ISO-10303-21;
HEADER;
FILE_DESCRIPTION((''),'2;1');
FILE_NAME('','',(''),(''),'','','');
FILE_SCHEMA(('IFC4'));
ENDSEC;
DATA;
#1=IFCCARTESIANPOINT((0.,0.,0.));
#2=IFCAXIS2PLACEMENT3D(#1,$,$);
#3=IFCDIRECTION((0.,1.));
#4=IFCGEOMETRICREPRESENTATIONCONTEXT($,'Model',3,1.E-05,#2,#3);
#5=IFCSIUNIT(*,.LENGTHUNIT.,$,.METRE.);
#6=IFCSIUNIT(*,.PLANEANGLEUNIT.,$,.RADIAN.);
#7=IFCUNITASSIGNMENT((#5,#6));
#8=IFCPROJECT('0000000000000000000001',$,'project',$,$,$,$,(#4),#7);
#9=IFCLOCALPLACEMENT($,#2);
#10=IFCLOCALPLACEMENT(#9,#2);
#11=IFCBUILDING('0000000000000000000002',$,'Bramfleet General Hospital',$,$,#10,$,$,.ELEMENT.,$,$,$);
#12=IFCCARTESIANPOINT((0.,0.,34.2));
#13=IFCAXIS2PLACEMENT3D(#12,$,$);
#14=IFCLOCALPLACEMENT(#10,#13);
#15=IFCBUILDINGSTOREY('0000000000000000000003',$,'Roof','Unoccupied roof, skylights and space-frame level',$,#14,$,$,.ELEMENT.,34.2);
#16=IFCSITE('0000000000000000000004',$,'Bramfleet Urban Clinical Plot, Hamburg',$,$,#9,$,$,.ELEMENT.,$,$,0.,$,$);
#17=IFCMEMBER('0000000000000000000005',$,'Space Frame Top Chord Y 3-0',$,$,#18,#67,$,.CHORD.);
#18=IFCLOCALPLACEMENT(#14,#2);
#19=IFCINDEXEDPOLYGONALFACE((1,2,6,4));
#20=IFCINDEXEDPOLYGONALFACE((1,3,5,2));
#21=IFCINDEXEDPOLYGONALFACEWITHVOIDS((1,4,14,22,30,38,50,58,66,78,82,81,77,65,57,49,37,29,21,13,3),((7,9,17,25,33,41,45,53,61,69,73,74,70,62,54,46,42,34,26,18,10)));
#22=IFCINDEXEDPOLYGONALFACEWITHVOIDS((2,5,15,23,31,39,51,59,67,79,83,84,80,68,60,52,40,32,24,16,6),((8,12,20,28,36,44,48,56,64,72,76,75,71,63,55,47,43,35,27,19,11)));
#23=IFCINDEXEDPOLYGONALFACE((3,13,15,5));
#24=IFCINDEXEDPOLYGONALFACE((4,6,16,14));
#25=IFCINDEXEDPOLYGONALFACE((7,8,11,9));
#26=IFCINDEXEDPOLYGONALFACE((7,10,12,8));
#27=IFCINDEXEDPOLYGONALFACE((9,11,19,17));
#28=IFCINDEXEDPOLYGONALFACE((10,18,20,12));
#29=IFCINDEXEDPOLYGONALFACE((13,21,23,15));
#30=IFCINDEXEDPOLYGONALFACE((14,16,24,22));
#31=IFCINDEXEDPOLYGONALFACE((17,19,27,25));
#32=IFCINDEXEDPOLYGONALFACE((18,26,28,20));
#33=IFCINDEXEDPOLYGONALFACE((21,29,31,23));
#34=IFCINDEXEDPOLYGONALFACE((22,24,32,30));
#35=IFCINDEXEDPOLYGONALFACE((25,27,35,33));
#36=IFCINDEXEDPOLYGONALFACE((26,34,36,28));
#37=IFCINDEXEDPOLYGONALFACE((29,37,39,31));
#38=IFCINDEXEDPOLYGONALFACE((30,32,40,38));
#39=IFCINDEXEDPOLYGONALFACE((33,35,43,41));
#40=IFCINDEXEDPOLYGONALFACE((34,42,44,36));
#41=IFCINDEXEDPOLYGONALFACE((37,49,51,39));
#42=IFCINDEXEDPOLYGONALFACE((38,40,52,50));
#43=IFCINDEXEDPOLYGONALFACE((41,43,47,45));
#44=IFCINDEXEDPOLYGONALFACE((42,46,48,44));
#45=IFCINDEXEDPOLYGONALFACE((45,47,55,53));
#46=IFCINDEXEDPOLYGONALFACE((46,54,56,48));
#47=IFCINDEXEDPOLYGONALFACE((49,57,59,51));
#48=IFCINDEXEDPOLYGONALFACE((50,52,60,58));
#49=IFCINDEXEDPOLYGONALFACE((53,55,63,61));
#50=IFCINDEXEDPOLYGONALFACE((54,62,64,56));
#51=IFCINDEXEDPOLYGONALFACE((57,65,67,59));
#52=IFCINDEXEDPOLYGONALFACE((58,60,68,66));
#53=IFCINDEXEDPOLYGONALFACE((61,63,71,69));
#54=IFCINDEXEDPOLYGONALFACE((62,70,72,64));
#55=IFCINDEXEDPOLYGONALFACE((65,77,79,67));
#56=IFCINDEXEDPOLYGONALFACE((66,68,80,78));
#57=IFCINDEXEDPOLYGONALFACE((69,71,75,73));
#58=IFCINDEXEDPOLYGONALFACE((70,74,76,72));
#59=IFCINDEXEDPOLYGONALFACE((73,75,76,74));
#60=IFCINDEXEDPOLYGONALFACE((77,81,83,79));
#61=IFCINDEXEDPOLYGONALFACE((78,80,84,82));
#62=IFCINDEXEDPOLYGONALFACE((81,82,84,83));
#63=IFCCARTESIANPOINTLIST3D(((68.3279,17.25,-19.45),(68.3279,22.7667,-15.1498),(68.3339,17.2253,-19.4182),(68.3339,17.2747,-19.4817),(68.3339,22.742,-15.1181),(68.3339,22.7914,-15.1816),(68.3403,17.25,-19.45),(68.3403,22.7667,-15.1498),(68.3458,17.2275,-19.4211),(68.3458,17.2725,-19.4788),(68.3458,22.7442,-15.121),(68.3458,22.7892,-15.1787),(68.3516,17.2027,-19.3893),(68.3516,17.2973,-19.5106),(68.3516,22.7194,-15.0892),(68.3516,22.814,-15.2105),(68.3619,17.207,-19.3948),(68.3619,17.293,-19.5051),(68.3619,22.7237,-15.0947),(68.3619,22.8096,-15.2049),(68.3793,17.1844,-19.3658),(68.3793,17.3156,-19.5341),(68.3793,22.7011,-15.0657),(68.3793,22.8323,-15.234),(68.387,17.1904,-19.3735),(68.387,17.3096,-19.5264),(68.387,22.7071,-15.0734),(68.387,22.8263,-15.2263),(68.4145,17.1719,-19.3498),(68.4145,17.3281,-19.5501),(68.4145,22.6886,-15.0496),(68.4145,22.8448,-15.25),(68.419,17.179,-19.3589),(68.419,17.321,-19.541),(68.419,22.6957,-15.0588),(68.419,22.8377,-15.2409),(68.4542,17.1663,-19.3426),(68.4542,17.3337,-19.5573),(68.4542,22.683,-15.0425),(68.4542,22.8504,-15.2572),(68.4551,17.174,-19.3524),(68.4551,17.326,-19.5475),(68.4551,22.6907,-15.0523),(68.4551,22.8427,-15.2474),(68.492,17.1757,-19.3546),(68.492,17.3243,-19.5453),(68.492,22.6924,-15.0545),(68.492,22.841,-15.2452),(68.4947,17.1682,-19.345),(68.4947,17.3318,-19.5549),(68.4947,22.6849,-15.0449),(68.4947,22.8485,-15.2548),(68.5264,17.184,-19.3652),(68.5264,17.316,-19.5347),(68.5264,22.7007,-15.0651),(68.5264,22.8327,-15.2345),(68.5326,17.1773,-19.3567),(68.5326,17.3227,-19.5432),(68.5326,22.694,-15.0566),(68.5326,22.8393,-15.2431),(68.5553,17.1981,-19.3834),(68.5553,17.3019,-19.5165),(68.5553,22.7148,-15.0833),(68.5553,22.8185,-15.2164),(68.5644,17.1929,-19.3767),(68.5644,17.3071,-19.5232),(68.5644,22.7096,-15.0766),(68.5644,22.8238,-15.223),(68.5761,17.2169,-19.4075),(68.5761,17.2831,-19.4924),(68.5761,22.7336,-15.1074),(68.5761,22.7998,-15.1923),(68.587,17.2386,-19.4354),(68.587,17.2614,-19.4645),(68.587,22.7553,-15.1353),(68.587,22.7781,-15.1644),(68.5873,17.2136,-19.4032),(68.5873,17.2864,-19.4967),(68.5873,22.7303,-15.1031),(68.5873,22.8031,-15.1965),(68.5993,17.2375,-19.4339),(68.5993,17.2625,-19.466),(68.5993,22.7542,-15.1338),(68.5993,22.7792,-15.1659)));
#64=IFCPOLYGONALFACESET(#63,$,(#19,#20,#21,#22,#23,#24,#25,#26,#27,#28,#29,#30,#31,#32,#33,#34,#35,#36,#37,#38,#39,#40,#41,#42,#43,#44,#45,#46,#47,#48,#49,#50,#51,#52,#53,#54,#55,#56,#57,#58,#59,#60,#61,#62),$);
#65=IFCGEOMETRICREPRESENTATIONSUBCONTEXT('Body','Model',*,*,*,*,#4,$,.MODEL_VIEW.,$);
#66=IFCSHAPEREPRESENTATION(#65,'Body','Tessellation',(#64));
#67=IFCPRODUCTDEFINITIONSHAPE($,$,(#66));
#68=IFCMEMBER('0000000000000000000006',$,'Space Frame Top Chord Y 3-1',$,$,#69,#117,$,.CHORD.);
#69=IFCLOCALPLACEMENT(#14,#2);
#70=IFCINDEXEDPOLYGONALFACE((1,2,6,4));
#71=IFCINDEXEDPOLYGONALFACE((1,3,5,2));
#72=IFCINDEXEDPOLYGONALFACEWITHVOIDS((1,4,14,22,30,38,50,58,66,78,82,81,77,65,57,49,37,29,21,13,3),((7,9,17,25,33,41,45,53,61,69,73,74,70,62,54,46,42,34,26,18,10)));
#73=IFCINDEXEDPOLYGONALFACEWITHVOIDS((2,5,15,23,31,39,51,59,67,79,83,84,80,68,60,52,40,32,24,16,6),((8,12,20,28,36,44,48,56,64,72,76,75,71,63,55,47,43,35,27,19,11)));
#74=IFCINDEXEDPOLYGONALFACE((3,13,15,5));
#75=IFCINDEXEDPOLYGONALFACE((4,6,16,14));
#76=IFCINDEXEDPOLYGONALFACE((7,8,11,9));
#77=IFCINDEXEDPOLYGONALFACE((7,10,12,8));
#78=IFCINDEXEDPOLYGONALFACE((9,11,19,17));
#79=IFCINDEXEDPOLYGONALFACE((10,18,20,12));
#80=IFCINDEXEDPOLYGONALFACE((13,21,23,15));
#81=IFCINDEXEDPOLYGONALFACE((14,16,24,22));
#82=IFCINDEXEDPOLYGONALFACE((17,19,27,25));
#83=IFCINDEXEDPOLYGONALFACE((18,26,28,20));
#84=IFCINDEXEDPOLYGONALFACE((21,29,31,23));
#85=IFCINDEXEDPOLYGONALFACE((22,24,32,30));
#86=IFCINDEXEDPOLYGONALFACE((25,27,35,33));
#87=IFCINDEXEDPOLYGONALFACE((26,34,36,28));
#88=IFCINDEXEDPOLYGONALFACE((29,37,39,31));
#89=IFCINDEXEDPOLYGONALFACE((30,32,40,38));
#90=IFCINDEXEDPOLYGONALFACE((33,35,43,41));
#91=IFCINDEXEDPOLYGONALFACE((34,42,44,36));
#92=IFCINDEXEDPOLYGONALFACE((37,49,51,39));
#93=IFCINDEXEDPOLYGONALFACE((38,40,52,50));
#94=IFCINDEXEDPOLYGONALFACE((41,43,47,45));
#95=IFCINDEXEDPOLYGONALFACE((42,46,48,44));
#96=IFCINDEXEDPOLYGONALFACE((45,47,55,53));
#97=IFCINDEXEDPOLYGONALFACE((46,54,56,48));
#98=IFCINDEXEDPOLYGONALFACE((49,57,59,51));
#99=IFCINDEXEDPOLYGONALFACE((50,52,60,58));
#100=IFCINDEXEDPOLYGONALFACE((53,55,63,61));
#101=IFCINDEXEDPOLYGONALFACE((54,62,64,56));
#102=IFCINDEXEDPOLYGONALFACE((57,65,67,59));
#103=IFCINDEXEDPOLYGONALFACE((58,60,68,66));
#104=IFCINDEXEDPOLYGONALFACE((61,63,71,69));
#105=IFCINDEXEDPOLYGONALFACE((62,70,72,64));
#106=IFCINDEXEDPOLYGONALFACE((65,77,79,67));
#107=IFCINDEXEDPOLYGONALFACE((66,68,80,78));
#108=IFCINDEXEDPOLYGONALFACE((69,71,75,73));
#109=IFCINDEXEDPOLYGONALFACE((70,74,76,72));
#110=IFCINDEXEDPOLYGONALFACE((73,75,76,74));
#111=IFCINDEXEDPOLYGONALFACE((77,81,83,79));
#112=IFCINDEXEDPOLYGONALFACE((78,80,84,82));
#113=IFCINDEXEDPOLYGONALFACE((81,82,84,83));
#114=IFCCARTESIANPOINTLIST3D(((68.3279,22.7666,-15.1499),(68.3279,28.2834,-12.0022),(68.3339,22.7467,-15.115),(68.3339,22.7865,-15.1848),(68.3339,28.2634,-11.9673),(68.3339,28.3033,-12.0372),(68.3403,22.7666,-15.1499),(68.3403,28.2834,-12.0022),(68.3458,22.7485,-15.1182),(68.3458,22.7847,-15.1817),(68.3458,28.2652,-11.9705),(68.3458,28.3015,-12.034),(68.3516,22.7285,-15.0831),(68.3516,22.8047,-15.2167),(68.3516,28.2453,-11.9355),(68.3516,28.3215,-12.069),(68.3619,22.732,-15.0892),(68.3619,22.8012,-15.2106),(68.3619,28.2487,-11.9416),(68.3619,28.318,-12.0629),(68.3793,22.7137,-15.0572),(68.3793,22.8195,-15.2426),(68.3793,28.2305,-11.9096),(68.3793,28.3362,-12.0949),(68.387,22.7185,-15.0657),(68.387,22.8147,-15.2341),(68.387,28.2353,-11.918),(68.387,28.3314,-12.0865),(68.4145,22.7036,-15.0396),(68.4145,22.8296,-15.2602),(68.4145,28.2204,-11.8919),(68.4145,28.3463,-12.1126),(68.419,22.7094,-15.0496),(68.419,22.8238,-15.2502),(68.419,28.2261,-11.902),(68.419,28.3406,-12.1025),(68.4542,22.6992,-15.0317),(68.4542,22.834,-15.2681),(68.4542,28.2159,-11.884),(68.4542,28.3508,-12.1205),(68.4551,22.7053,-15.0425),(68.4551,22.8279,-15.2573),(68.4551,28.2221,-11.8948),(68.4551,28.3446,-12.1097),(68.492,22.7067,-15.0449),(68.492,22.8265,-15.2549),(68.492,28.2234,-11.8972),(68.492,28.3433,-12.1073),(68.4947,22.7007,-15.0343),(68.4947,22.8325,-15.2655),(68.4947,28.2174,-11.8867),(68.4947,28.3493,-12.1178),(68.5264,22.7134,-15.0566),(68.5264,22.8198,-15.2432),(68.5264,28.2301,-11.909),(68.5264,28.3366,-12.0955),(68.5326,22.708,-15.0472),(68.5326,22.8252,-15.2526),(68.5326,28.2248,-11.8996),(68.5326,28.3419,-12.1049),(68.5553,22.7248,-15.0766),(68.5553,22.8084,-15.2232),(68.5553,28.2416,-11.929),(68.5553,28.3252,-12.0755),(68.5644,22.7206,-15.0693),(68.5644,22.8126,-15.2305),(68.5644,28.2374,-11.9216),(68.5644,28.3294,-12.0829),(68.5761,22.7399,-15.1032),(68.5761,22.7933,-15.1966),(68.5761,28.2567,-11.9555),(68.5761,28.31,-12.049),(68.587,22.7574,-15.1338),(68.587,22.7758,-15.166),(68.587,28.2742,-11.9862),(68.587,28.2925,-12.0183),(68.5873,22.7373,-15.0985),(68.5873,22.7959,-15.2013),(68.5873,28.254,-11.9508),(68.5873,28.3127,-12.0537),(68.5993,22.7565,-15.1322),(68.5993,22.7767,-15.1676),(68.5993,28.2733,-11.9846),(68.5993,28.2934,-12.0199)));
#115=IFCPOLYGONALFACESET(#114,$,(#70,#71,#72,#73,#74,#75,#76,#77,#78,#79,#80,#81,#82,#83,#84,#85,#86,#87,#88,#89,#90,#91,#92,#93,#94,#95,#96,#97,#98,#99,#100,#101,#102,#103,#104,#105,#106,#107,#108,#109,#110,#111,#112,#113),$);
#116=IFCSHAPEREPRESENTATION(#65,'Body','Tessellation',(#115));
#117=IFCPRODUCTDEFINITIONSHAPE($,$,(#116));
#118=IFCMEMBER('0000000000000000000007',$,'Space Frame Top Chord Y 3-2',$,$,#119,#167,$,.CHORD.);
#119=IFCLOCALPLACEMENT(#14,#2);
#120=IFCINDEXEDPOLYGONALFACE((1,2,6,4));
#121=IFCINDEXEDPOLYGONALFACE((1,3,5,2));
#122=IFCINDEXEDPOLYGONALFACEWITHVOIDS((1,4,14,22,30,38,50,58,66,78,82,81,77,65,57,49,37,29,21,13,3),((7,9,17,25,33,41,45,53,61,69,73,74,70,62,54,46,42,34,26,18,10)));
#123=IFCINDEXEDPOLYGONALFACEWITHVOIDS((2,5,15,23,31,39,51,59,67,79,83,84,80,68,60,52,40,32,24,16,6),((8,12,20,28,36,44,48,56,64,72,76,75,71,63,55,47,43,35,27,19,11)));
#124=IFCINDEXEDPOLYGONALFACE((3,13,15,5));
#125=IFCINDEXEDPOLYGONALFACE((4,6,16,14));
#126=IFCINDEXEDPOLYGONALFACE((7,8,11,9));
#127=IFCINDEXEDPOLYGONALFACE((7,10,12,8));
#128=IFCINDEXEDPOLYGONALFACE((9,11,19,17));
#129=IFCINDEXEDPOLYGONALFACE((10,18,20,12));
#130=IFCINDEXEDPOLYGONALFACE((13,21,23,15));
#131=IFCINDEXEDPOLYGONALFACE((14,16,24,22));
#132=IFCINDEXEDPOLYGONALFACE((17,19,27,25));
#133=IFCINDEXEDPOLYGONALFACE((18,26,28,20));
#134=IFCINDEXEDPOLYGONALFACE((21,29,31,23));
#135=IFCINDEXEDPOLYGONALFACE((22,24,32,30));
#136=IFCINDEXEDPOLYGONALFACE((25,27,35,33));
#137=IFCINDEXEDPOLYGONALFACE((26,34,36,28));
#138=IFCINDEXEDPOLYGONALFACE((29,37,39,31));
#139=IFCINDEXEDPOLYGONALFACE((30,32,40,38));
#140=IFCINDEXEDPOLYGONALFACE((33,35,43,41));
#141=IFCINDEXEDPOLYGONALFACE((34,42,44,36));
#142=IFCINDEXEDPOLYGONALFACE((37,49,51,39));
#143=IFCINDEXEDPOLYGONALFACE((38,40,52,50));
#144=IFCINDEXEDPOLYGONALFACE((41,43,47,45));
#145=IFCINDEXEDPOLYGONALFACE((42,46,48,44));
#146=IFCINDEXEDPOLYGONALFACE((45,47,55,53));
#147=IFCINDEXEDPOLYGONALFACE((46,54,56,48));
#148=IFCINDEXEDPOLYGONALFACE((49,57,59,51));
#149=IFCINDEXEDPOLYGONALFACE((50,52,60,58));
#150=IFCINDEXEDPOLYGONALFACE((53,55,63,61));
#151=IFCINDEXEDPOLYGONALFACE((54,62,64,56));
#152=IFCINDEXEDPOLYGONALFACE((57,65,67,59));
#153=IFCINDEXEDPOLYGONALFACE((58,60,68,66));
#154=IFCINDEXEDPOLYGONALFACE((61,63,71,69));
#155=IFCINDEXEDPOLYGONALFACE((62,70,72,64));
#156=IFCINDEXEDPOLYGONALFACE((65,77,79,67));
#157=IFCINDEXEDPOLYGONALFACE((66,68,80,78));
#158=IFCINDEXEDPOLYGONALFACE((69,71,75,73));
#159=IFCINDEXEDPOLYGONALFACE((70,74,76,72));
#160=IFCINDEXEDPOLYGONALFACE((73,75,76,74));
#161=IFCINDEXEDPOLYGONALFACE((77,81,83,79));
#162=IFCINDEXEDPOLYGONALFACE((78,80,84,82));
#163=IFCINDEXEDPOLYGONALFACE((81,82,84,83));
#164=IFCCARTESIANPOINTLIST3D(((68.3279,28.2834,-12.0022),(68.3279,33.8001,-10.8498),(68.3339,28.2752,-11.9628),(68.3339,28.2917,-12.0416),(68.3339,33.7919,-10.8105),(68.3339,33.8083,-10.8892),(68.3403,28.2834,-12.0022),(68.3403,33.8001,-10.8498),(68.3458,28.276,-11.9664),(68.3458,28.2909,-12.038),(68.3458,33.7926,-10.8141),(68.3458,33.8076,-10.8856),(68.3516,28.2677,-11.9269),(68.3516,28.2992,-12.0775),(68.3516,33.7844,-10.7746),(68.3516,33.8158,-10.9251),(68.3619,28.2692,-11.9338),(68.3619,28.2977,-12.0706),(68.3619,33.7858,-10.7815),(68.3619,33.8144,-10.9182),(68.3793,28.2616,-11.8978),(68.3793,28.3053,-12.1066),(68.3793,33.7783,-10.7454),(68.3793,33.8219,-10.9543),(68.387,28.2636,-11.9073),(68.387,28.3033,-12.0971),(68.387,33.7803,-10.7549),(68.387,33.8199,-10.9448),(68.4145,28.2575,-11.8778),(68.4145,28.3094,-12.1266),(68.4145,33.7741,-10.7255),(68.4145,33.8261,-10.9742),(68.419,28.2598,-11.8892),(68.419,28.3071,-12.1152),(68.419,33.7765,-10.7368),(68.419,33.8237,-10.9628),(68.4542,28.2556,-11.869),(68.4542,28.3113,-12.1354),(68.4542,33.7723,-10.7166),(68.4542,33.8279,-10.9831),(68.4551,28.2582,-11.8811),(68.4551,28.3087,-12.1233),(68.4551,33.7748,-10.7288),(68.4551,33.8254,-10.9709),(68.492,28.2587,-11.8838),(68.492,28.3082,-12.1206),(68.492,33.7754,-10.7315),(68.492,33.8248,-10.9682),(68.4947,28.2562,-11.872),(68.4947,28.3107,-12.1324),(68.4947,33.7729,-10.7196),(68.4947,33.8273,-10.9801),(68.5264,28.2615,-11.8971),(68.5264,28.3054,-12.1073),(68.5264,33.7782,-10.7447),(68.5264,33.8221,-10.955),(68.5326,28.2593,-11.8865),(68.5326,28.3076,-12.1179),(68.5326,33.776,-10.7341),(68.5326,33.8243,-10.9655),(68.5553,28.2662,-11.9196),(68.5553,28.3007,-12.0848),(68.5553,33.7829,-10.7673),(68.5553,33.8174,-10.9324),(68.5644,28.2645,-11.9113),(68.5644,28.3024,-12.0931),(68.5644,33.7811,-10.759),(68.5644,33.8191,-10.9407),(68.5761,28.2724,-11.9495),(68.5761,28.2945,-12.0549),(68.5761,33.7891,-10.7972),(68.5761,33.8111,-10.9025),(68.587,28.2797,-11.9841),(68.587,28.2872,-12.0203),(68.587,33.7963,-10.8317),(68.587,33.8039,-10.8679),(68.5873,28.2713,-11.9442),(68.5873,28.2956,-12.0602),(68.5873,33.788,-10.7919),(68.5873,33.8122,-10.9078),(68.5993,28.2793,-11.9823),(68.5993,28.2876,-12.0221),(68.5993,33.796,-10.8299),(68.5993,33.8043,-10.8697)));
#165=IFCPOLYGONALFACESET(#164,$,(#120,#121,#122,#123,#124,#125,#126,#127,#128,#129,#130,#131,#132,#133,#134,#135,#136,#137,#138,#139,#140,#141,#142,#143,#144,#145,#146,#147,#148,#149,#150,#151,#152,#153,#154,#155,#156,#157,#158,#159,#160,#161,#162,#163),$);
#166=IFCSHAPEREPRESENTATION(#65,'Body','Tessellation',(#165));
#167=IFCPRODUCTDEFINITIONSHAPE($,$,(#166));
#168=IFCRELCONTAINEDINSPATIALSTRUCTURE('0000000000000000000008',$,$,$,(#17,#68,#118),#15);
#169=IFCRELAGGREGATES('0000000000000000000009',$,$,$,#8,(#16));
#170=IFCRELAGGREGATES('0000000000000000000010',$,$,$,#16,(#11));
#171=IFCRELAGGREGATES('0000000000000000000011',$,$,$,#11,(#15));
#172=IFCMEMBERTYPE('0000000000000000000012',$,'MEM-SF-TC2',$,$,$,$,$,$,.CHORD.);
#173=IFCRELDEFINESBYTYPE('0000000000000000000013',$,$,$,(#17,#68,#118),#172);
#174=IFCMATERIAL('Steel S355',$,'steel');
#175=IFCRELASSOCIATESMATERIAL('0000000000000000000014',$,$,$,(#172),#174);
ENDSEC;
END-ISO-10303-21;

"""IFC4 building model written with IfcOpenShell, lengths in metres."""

from ifc_helpers import new_model, si_unit, direction, frame, origin, origin_2d, place, context, subcontext, project, spatial, hollow_circle, extrude, material, material_profile, profile_set, type_object, element, save


model = new_model("IFC4")

# Units and contexts
model_context = context("Model", 3, precision=1e-05, world=origin(), true_north=direction((0.0, 1.0)))
body_context = subcontext(model_context, "Body", "Model", "MODEL_VIEW")
ifc_project = project(units=[si_unit("LENGTHUNIT", "METRE"), si_unit("PLANEANGLEUNIT", "RADIAN")], contexts=[model_context])

# Site, building, storey
site_placement = place(None, origin())
site = spatial("IfcSite", under=ifc_project, at=site_placement, Name="Bramfleet Urban Clinical Plot, Hamburg", CompositionType="ELEMENT", RefElevation=0.0)
building_placement = place(site_placement, origin())
building = spatial("IfcBuilding", under=site, at=building_placement, Name="Bramfleet General Hospital", CompositionType="ELEMENT")
storey_placement = place(building_placement, frame((0.0, 0.0, 34.2)))
storey = spatial("IfcBuildingStorey", under=building, at=storey_placement, Name="Roof", Description="Unoccupied roof, skylights and space-frame level", CompositionType="ELEMENT", Elevation=34.2)

# Members
ifc_material = material(Name="Steel S355", Category="steel")
ifc_material_profile_1 = material_profile(ifc_material, hollow_circle(Radius=0.1365, WallThickness=0.0125, at=origin_2d()), Name="CHS 273.0x12.5")
ifc_profile_set_1 = profile_set([ifc_material_profile_1], Name="Steel S355")
member_type_1 = type_object("IfcMemberType", Name="MEM-SF-TC2", PredefinedType="CHORD", material=ifc_profile_set_1)
member_1_placement = place(storey_placement, frame((68.4644, 17.25, -19.45), z_axis=(0.0, 0.788703, 0.614774), x_axis=(-1.0, 0.0, 0.0)))
element("IfcMember", 1, at=member_1_placement, inside=storey, type_object=member_type_1, Name="Space Frame Top Chord Y 3-0", PredefinedType="CHORD", context=body_context, shape_type="SweptSolid", body=[
    extrude(hollow_circle(Radius=0.1365, WallThickness=0.0125, at=origin_2d()), origin(), (0.0, 0.0, 1.0), 6.9946),
])
member_2_placement = place(storey_placement, frame((68.4644, 22.7666, -15.1499), z_axis=(0.0, 0.868567, 0.495572), x_axis=(-1.0, 0.0, 0.0)))
element("IfcMember", 2, at=member_2_placement, inside=storey, type_object=member_type_1, Name="Space Frame Top Chord Y 3-1", PredefinedType="CHORD", context=body_context, shape_type="SweptSolid", body=[
    extrude(hollow_circle(Radius=0.1365, WallThickness=0.0125, at=origin_2d()), origin(), (0.0, 0.0, 1.0), 6.3516),
])
member_3_placement = place(storey_placement, frame((68.4644, 28.2834, -12.0022), z_axis=(0.0, 0.978872, 0.204473), x_axis=(-1.0, 0.0, 0.0)))
element("IfcMember", 3, at=member_3_placement, inside=storey, type_object=member_type_1, Name="Space Frame Top Chord Y 3-2", PredefinedType="CHORD", context=body_context, shape_type="SweptSolid", body=[
    extrude(hollow_circle(Radius=0.1365, WallThickness=0.0125, at=origin_2d()), origin(), (0.0, 0.0, 1.0), 5.6357),
])

save(model, "model.ifc")
